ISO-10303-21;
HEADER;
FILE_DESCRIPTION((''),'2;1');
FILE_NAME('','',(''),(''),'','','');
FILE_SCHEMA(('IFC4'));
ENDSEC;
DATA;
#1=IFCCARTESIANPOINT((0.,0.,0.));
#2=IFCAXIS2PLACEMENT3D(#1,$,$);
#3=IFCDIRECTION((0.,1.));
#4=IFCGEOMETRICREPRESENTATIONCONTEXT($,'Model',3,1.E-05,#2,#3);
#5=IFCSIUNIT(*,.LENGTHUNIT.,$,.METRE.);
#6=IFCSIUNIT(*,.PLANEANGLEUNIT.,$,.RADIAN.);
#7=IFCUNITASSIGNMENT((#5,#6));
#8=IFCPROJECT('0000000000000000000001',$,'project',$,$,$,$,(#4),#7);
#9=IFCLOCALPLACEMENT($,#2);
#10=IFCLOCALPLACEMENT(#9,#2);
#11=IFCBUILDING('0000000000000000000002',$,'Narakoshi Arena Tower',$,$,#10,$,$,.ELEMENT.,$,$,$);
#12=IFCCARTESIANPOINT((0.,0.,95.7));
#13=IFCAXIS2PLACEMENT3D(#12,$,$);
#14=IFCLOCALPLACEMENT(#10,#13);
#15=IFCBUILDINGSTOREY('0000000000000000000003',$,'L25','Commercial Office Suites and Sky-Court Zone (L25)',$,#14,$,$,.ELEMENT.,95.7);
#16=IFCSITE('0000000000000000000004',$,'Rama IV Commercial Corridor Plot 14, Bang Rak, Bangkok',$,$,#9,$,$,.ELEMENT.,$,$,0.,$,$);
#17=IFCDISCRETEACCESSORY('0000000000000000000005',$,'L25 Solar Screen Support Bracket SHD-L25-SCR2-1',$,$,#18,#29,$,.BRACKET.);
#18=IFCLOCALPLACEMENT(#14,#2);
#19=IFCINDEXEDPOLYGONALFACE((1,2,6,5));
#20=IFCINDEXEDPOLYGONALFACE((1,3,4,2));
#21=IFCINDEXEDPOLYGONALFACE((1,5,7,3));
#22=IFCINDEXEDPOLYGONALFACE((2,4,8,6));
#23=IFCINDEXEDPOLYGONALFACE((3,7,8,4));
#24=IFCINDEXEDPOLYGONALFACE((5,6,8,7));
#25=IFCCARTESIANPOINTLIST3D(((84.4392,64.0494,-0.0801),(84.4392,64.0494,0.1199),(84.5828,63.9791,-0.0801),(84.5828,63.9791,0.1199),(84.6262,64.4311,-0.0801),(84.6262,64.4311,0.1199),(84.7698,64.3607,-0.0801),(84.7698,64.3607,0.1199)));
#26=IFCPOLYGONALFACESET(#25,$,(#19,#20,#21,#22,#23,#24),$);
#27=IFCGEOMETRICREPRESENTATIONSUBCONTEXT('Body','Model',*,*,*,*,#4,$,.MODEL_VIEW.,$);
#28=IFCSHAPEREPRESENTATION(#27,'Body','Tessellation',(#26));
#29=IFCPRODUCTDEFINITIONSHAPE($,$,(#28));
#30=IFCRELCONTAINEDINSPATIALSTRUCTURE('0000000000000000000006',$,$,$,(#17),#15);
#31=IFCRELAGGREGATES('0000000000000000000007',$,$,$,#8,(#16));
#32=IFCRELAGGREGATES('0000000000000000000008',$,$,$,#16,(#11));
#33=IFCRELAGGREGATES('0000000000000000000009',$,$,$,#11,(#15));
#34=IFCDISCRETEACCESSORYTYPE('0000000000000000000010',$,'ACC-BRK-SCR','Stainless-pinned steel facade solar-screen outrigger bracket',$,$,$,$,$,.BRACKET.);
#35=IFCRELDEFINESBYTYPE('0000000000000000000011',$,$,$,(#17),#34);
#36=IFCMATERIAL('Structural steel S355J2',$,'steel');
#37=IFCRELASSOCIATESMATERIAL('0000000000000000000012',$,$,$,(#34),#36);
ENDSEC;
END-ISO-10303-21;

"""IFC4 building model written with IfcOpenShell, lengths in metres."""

from ifc_helpers import new_model, si_unit, direction, frame, origin, origin_2d, place, context, subcontext, project, spatial, rectangle, extrude, material, type_object, element, save


model = new_model("IFC4")

# Units and contexts
model_context = context("Model", 3, precision=1e-05, world=origin(), true_north=direction((0.0, 1.0)))
body_context = subcontext(model_context, "Body", "Model", "MODEL_VIEW")
ifc_project = project(units=[si_unit("LENGTHUNIT", "METRE"), si_unit("PLANEANGLEUNIT", "RADIAN")], contexts=[model_context])

# Site, building, storey
site_placement = place(None, origin())
site = spatial("IfcSite", under=ifc_project, at=site_placement, Name="Rama IV Commercial Corridor Plot 14, Bang Rak, Bangkok", CompositionType="ELEMENT", RefElevation=0.0)
building_placement = place(site_placement, origin())
building = spatial("IfcBuilding", under=site, at=building_placement, Name="Narakoshi Arena Tower", CompositionType="ELEMENT")
storey_placement = place(building_placement, frame((0.0, 0.0, 95.7)))
storey = spatial("IfcBuildingStorey", under=building, at=storey_placement, Name="L25", Description="Commercial Office Suites and Sky-Court Zone (L25)", CompositionType="ELEMENT", Elevation=95.7)

# Shared definitions
ifc_material_1 = material(Name="Structural steel S355J2", Category="steel")

# Discrete accessory
discrete_accessory_type = type_object("IfcDiscreteAccessoryType", Name="ACC-BRK-SCR", Description="Stainless-pinned steel facade solar-screen outrigger bracket", PredefinedType="BRACKET", material=ifc_material_1)
discrete_accessory_placement = place(storey_placement, frame((84.6045, 64.2051, -0.0801), z_axis=(0.0, 0.0, 1.0), x_axis=(-0.897997, 0.440002, 0.0)))
element("IfcDiscreteAccessory", 1, at=discrete_accessory_placement, inside=storey, type_object=discrete_accessory_type, Name="L25 Solar Screen Support Bracket SHD-L25-SCR2-1", PredefinedType="BRACKET", context=body_context, shape_type="SweptSolid", body=[
    extrude(rectangle(XDim=0.1599, YDim=0.425, at=origin_2d()), origin(), (0.0, 0.0, 1.0), 0.2),
])

save(model, "model.ifc")
